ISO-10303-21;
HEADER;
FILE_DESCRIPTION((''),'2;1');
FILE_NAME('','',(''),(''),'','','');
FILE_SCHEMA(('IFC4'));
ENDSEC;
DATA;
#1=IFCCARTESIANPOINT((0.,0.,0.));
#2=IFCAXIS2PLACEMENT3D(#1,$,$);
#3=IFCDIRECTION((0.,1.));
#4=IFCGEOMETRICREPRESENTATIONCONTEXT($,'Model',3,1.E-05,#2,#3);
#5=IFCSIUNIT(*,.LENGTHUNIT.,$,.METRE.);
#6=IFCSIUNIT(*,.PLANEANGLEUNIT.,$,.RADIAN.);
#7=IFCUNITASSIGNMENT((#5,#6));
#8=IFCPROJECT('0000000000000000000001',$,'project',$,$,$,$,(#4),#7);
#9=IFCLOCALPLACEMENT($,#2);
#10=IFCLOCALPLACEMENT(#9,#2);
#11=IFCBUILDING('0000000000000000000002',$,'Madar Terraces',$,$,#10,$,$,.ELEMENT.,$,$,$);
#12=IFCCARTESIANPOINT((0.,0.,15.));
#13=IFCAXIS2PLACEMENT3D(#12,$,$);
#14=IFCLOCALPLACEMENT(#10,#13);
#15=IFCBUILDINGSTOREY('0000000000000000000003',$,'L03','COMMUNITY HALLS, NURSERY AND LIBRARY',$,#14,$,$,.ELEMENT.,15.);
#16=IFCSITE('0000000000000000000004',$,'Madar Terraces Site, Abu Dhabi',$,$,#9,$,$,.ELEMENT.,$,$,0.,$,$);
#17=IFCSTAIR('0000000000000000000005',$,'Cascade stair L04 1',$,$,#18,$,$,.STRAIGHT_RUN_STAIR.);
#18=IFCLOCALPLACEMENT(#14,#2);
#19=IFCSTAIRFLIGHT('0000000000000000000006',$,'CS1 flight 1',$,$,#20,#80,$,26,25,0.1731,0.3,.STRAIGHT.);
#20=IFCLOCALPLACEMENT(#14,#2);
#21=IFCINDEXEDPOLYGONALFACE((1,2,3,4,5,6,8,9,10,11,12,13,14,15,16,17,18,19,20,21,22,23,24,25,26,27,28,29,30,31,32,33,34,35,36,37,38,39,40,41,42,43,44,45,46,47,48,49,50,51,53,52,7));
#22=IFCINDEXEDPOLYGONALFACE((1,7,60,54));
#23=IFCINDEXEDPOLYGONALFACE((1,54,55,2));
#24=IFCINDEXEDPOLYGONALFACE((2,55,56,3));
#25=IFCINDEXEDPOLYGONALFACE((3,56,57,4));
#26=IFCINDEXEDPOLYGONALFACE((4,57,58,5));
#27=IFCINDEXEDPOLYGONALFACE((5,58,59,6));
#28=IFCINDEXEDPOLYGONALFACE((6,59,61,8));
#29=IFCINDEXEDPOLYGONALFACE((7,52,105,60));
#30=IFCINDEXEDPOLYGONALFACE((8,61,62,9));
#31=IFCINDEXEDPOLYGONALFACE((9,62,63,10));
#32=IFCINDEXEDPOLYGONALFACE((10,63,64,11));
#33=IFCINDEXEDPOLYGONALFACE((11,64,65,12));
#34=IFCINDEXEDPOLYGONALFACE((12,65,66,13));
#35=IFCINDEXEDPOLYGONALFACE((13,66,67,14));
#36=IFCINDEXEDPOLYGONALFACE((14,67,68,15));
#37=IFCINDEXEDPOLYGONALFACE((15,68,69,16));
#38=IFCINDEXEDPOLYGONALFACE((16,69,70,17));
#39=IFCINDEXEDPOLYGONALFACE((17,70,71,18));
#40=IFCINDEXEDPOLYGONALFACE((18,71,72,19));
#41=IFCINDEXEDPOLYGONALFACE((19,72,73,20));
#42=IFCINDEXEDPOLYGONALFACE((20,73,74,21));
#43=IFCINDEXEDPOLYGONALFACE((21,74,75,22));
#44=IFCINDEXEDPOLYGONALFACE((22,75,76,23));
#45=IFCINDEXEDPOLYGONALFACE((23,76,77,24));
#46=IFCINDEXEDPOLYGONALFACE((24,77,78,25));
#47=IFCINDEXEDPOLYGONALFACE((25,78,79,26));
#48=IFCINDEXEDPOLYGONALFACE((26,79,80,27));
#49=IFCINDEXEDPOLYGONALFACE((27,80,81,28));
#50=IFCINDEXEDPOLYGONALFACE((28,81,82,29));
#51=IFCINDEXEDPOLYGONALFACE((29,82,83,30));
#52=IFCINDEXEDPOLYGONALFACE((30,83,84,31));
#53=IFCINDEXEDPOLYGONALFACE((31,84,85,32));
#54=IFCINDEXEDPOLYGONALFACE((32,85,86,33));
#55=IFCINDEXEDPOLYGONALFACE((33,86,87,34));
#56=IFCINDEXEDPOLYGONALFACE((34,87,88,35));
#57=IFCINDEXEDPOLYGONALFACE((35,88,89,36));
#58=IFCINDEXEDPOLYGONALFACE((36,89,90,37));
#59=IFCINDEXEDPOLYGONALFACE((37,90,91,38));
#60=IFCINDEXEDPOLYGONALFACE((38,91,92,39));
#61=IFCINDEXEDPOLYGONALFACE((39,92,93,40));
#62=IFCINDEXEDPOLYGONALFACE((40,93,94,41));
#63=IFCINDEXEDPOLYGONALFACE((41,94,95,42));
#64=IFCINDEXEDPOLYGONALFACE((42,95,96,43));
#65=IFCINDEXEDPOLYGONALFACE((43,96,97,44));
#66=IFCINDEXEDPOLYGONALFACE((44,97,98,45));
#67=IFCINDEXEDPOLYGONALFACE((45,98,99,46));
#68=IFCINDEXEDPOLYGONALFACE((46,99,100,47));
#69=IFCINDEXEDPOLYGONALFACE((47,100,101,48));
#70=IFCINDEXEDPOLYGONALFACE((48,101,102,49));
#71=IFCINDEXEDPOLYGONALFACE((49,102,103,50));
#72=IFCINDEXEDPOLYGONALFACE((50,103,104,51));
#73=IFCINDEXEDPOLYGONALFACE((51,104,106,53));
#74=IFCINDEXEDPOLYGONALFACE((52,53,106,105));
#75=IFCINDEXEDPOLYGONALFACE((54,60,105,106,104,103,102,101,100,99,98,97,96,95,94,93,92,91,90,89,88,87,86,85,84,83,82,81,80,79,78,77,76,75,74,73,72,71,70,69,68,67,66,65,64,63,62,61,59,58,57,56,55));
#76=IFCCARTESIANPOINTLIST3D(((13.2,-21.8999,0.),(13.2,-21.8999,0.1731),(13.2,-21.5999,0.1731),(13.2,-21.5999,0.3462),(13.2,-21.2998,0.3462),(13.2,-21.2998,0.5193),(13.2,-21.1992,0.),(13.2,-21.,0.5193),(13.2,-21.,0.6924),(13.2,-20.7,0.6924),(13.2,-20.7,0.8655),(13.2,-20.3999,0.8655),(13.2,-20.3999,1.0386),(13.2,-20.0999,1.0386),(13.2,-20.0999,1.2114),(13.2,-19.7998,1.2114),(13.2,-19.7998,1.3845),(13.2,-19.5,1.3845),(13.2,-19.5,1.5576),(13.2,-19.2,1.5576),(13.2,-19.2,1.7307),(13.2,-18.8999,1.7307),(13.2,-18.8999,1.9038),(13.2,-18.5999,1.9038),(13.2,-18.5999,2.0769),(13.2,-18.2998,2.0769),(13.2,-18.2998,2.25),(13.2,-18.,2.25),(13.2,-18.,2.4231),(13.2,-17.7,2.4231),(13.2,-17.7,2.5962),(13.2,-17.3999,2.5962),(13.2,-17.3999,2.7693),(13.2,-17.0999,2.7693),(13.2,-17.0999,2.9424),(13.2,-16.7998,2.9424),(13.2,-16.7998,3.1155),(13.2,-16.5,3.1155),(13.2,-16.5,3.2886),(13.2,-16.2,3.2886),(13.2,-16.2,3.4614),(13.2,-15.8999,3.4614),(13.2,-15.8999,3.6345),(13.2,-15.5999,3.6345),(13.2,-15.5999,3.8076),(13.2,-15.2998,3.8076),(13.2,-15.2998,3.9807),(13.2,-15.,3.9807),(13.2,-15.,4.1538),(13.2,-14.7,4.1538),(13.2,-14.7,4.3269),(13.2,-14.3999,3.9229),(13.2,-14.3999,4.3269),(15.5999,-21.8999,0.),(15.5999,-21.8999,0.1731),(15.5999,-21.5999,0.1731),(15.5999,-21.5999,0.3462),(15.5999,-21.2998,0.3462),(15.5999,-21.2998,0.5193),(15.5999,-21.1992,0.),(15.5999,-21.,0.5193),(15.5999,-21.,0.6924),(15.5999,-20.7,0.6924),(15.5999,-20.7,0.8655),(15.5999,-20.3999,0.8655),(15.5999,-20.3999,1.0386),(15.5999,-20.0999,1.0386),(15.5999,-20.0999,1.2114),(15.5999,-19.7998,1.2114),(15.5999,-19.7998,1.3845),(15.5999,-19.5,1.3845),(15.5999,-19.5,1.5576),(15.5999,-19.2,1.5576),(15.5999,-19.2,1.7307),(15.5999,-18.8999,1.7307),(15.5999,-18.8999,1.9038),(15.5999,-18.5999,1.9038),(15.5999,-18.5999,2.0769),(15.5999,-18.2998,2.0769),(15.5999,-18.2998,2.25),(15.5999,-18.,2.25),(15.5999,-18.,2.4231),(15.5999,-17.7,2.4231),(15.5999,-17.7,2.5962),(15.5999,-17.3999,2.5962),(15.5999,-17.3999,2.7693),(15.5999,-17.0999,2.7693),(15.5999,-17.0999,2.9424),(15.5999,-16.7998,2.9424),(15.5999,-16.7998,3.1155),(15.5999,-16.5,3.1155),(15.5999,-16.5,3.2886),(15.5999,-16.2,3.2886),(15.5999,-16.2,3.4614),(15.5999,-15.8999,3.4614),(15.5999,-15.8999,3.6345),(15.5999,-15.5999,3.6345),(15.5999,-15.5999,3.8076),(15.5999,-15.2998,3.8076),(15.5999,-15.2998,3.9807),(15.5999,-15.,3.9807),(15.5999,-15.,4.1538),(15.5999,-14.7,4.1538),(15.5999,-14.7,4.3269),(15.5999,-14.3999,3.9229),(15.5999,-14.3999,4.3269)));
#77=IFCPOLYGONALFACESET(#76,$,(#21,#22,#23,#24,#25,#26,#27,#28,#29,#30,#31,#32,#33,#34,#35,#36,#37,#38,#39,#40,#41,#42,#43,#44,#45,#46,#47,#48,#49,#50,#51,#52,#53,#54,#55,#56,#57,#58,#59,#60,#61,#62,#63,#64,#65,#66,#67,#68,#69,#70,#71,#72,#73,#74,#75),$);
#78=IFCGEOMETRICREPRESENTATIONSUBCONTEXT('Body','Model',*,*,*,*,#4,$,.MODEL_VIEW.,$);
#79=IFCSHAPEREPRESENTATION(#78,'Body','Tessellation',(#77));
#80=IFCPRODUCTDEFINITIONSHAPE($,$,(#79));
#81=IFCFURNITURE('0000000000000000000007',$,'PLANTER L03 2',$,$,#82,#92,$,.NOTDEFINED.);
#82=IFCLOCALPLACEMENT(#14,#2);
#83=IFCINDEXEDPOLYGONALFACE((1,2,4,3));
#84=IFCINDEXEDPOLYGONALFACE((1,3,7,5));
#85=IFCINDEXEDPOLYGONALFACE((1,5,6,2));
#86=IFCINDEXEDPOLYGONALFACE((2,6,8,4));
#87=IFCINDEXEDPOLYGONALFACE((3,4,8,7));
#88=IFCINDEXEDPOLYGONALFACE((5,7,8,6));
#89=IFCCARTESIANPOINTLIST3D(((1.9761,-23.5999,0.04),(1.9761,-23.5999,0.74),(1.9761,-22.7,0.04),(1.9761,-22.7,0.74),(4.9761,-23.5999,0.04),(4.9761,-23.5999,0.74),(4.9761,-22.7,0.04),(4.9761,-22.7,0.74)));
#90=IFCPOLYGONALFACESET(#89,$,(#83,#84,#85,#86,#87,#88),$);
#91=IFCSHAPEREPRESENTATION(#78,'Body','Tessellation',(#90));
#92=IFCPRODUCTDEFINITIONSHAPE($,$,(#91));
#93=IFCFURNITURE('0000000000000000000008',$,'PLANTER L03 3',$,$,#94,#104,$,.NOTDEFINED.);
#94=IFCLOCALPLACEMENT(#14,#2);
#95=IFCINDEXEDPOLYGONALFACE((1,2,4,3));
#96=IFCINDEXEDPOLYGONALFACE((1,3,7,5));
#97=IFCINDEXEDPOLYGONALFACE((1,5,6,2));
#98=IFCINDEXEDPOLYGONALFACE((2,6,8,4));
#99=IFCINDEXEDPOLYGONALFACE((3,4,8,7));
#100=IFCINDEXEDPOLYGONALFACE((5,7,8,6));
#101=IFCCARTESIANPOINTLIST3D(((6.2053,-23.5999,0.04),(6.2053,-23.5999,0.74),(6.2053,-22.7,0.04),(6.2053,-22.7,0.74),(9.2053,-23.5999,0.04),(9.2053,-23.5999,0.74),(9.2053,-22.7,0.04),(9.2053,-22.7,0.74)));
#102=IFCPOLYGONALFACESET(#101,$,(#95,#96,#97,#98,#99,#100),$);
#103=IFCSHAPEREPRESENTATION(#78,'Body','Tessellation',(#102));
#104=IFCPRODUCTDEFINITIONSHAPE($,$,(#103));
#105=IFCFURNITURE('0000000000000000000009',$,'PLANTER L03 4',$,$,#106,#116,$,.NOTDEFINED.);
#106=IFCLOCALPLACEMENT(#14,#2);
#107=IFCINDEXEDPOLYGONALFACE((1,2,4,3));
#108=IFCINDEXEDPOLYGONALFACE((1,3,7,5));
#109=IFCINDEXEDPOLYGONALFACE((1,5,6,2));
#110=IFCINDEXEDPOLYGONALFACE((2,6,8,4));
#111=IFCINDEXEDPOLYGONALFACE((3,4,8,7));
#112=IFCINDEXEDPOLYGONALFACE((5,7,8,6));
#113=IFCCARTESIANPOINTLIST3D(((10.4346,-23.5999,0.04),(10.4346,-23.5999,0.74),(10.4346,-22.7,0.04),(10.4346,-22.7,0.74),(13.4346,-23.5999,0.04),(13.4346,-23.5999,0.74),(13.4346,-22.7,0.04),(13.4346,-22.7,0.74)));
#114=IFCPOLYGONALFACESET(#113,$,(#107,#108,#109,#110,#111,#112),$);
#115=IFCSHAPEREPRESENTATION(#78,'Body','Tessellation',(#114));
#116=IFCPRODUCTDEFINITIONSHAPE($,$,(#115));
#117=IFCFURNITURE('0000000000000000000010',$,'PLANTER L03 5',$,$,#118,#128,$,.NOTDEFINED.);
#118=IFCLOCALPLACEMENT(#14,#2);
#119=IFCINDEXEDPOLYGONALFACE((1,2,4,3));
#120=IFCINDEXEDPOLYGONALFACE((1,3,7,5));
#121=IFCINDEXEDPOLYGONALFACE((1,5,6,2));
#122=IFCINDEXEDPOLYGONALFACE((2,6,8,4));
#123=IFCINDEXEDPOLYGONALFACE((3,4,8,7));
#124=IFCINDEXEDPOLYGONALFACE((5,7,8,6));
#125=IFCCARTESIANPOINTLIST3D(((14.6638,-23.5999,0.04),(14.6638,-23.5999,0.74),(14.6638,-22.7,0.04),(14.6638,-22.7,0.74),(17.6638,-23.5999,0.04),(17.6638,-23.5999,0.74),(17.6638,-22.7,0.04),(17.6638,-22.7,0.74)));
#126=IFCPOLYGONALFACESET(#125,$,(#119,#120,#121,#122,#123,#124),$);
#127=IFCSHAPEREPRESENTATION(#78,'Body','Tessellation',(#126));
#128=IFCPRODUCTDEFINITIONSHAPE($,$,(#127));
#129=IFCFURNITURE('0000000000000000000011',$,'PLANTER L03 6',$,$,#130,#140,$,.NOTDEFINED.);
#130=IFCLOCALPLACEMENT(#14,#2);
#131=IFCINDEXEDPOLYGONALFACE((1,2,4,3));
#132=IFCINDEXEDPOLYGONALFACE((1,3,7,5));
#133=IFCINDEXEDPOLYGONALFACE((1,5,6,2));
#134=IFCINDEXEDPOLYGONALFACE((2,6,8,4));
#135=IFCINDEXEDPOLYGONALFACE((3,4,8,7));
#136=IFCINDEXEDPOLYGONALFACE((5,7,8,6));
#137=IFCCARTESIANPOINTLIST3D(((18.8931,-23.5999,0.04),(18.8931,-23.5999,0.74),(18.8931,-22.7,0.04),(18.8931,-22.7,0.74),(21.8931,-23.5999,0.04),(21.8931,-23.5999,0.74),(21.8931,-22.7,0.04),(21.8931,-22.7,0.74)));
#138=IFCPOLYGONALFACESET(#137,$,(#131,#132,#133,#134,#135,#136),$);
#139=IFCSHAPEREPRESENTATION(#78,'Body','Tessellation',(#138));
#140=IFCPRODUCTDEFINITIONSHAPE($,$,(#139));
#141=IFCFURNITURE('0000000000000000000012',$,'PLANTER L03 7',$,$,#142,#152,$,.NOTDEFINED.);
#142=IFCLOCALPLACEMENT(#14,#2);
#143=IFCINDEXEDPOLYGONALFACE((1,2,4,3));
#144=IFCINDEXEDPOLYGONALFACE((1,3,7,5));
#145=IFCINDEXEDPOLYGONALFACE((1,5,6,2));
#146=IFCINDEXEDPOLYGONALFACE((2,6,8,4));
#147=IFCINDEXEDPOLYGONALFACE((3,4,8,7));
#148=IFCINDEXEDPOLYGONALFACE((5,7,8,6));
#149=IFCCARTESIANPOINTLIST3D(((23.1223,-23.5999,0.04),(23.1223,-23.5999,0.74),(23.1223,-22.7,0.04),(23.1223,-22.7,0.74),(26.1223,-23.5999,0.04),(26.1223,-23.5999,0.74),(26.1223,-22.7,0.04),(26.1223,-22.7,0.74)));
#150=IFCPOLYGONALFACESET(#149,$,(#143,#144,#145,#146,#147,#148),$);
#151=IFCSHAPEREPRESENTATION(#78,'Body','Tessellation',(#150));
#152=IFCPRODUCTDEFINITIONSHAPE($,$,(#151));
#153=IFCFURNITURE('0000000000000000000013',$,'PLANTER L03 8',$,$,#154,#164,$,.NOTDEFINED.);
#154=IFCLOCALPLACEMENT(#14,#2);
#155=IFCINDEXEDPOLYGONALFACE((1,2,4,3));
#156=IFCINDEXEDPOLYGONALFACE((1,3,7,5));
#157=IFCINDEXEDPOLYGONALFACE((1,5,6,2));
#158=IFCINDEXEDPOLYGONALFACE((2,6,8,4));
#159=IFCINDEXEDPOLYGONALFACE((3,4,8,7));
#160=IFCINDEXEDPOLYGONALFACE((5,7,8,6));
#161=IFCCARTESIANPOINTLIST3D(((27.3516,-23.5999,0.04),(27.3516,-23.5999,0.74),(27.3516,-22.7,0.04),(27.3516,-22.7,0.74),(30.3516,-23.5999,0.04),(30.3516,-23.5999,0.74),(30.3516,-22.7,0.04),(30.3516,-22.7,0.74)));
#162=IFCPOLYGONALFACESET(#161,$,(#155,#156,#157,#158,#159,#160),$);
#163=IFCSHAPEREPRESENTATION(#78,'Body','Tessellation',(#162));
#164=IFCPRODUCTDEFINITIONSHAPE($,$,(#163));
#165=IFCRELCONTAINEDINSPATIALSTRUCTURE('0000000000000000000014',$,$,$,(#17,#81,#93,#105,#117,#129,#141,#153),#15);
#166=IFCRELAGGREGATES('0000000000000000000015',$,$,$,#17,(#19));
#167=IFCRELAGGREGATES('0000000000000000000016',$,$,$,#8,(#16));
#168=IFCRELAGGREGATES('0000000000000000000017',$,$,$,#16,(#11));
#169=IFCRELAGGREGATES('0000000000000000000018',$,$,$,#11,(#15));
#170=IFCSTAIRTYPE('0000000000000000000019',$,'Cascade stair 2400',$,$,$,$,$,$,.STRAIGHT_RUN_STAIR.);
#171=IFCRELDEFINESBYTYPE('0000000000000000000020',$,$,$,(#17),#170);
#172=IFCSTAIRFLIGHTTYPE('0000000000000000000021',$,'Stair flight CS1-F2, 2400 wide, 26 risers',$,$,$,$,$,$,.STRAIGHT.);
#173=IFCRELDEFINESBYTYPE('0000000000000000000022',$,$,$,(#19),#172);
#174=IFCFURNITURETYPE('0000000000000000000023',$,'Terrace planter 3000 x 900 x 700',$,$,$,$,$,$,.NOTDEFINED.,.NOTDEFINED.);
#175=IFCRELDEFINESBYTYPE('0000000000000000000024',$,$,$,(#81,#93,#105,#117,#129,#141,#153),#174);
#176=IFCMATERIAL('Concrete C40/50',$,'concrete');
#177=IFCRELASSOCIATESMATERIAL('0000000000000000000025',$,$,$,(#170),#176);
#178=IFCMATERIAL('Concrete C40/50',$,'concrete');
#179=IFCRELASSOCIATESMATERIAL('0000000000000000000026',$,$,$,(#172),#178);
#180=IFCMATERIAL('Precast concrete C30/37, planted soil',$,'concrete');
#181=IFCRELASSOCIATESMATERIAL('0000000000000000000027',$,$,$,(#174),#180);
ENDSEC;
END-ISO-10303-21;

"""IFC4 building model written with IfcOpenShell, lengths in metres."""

from ifc_helpers import new_model, si_unit, direction, frame, origin, origin_2d, place, context, subcontext, project, spatial, polyline, rectangle, outline, extrude, material, type_object, element, aggregate, save


model = new_model("IFC4")

# Units and contexts
model_context = context("Model", 3, precision=1e-05, world=origin(), true_north=direction((0.0, 1.0)))
body_context = subcontext(model_context, "Body", "Model", "MODEL_VIEW")
ifc_project = project(units=[si_unit("LENGTHUNIT", "METRE"), si_unit("PLANEANGLEUNIT", "RADIAN")], contexts=[model_context])

# Site, building, storey
site_placement = place(None, origin())
site = spatial("IfcSite", under=ifc_project, at=site_placement, Name="Madar Terraces Site, Abu Dhabi", CompositionType="ELEMENT", RefElevation=0.0)
building_placement = place(site_placement, origin())
building = spatial("IfcBuilding", under=site, at=building_placement, Name="Madar Terraces", CompositionType="ELEMENT")
storey_placement = place(building_placement, frame((0.0, 0.0, 15.0)))
storey = spatial("IfcBuildingStorey", under=building, at=storey_placement, Name="L03", Description="COMMUNITY HALLS, NURSERY AND LIBRARY", CompositionType="ELEMENT", Elevation=15.0)

# Stair, stair flight
ifc_material_1 = material(Name="Concrete C40/50", Category="concrete")
stair_type = type_object("IfcStairType", Name="Cascade stair 2400", PredefinedType="STRAIGHT_RUN_STAIR", material=ifc_material_1)
stair_placement = place(storey_placement, origin())
stair = element("IfcStair", 1, at=stair_placement, inside=storey, type_object=stair_type, Name="Cascade stair L04 1", PredefinedType="STRAIGHT_RUN_STAIR")
ifc_material_2 = material(Name="Concrete C40/50", Category="concrete")
stair_flight_type = type_object("IfcStairFlightType", Name="Stair flight CS1-F2, 2400 wide, 26 risers", PredefinedType="STRAIGHT", material=ifc_material_2)
stair_flight_placement = place(storey_placement, frame((14.3999, -21.8999, 0.0), z_axis=(0.0, 0.0, 1.0), x_axis=(0.0, 1.0, 0.0)))
stair_flight = element("IfcStairFlight", 2, at=stair_flight_placement, type_object=stair_flight_type, Name="CS1 flight 1", NumberOfRisers=26, NumberOfTreads=25, PredefinedType="STRAIGHT", RiserHeight=0.1731, TreadLength=0.3, context=body_context, shape_type="SweptSolid", body=[
    extrude(outline(polyline([(0.0, 0.0), (0.0, 0.1731), (0.3, 0.1731), (0.3, 0.3462), (0.6001, 0.3462), (0.6001, 0.5193), (0.8999, 0.5193), (0.8999, 0.6924), (1.2, 0.6924), (1.2, 0.8655), (1.5, 0.8655), (1.5, 1.0386), (1.8, 1.0386), (1.8, 1.2114), (2.1001, 1.2114), (2.1001, 1.3845), (2.3999, 1.3845), (2.3999, 1.5576), (2.7, 1.5576), (2.7, 1.7307), (3.0, 1.7307), (3.0, 1.9038), (3.3, 1.9038), (3.3, 2.0769), (3.6001, 2.0769), (3.6001, 2.25), (3.8999, 2.25), (3.8999, 2.4231), (4.2, 2.4231), (4.2, 2.5962), (4.5, 2.5962), (4.5, 2.7693), (4.8, 2.7693), (4.8, 2.9424), (5.1001, 2.9424), (5.1001, 3.1155), (5.3999, 3.1155), (5.3999, 3.2886), (5.7, 3.2886), (5.7, 3.4614), (6.0, 3.4614), (6.0, 3.6345), (6.3, 3.6345), (6.3, 3.8076), (6.6001, 3.8076), (6.6001, 3.9807), (6.8999, 3.9807), (6.8999, 4.1538), (7.2, 4.1538), (7.2, 4.3269), (7.5, 4.3269), (7.5, 4.5), (7.5, 3.9229), (0.7007, 0.0), (0.0, 0.0)])), frame((0.0, 1.2, 0.0), z_axis=(0.0, -1.0, 0.0), x_axis=(1.0, 0.0, 0.0)), (0.0, 0.0, 1.0), 2.3999),
])
aggregate(stair, [stair_flight])

# Furniture
ifc_material_3 = material(Name="Precast concrete C30/37, planted soil", Category="concrete")
furniture_type = type_object("IfcFurnitureType", Name="Terrace planter 3000 x 900 x 700", AssemblyPlace="NOTDEFINED", PredefinedType="NOTDEFINED", material=ifc_material_3)
for number, where, z_axis, x_axis, name in (
    (3, (3.4761, -23.1499, 0.04), (0.0, 0.0, 1.0), (1.0, 0.0, 0.0), "PLANTER L03 2"),
    (4, (7.7053, -23.1499, 0.04), (0.0, 0.0, 1.0), (1.0, 0.0, 0.0), "PLANTER L03 3"),
    (5, (11.9346, -23.1499, 0.04), (0.0, 0.0, 1.0), (1.0, 0.0, 0.0), "PLANTER L03 4"),
    (6, (16.1638, -23.1499, 0.04), (0.0, 0.0, 1.0), (1.0, 0.0, 0.0), "PLANTER L03 5"),
    (7, (20.3931, -23.1499, 0.04), (0.0, 0.0, 1.0), (1.0, 0.0, 0.0), "PLANTER L03 6"),
    (8, (24.6223, -23.1499, 0.04), (0.0, 0.0, 1.0), (1.0, 0.0, 0.0), "PLANTER L03 7"),
    (9, (28.8516, -23.1499, 0.04), (0.0, 0.0, 1.0), (1.0, 0.0, 0.0), "PLANTER L03 8"),
):
    element("IfcFurniture", number, at=place(storey_placement, frame(where, z_axis=z_axis, x_axis=x_axis)), inside=storey, type_object=furniture_type, Name=name, PredefinedType="NOTDEFINED", context=body_context, shape_type="SweptSolid", body=[
        extrude(rectangle(XDim=3.0, YDim=0.8999, at=origin_2d()), origin(), (0.0, 0.0, 1.0), 0.7),
    ])

save(model, "model.ifc")
